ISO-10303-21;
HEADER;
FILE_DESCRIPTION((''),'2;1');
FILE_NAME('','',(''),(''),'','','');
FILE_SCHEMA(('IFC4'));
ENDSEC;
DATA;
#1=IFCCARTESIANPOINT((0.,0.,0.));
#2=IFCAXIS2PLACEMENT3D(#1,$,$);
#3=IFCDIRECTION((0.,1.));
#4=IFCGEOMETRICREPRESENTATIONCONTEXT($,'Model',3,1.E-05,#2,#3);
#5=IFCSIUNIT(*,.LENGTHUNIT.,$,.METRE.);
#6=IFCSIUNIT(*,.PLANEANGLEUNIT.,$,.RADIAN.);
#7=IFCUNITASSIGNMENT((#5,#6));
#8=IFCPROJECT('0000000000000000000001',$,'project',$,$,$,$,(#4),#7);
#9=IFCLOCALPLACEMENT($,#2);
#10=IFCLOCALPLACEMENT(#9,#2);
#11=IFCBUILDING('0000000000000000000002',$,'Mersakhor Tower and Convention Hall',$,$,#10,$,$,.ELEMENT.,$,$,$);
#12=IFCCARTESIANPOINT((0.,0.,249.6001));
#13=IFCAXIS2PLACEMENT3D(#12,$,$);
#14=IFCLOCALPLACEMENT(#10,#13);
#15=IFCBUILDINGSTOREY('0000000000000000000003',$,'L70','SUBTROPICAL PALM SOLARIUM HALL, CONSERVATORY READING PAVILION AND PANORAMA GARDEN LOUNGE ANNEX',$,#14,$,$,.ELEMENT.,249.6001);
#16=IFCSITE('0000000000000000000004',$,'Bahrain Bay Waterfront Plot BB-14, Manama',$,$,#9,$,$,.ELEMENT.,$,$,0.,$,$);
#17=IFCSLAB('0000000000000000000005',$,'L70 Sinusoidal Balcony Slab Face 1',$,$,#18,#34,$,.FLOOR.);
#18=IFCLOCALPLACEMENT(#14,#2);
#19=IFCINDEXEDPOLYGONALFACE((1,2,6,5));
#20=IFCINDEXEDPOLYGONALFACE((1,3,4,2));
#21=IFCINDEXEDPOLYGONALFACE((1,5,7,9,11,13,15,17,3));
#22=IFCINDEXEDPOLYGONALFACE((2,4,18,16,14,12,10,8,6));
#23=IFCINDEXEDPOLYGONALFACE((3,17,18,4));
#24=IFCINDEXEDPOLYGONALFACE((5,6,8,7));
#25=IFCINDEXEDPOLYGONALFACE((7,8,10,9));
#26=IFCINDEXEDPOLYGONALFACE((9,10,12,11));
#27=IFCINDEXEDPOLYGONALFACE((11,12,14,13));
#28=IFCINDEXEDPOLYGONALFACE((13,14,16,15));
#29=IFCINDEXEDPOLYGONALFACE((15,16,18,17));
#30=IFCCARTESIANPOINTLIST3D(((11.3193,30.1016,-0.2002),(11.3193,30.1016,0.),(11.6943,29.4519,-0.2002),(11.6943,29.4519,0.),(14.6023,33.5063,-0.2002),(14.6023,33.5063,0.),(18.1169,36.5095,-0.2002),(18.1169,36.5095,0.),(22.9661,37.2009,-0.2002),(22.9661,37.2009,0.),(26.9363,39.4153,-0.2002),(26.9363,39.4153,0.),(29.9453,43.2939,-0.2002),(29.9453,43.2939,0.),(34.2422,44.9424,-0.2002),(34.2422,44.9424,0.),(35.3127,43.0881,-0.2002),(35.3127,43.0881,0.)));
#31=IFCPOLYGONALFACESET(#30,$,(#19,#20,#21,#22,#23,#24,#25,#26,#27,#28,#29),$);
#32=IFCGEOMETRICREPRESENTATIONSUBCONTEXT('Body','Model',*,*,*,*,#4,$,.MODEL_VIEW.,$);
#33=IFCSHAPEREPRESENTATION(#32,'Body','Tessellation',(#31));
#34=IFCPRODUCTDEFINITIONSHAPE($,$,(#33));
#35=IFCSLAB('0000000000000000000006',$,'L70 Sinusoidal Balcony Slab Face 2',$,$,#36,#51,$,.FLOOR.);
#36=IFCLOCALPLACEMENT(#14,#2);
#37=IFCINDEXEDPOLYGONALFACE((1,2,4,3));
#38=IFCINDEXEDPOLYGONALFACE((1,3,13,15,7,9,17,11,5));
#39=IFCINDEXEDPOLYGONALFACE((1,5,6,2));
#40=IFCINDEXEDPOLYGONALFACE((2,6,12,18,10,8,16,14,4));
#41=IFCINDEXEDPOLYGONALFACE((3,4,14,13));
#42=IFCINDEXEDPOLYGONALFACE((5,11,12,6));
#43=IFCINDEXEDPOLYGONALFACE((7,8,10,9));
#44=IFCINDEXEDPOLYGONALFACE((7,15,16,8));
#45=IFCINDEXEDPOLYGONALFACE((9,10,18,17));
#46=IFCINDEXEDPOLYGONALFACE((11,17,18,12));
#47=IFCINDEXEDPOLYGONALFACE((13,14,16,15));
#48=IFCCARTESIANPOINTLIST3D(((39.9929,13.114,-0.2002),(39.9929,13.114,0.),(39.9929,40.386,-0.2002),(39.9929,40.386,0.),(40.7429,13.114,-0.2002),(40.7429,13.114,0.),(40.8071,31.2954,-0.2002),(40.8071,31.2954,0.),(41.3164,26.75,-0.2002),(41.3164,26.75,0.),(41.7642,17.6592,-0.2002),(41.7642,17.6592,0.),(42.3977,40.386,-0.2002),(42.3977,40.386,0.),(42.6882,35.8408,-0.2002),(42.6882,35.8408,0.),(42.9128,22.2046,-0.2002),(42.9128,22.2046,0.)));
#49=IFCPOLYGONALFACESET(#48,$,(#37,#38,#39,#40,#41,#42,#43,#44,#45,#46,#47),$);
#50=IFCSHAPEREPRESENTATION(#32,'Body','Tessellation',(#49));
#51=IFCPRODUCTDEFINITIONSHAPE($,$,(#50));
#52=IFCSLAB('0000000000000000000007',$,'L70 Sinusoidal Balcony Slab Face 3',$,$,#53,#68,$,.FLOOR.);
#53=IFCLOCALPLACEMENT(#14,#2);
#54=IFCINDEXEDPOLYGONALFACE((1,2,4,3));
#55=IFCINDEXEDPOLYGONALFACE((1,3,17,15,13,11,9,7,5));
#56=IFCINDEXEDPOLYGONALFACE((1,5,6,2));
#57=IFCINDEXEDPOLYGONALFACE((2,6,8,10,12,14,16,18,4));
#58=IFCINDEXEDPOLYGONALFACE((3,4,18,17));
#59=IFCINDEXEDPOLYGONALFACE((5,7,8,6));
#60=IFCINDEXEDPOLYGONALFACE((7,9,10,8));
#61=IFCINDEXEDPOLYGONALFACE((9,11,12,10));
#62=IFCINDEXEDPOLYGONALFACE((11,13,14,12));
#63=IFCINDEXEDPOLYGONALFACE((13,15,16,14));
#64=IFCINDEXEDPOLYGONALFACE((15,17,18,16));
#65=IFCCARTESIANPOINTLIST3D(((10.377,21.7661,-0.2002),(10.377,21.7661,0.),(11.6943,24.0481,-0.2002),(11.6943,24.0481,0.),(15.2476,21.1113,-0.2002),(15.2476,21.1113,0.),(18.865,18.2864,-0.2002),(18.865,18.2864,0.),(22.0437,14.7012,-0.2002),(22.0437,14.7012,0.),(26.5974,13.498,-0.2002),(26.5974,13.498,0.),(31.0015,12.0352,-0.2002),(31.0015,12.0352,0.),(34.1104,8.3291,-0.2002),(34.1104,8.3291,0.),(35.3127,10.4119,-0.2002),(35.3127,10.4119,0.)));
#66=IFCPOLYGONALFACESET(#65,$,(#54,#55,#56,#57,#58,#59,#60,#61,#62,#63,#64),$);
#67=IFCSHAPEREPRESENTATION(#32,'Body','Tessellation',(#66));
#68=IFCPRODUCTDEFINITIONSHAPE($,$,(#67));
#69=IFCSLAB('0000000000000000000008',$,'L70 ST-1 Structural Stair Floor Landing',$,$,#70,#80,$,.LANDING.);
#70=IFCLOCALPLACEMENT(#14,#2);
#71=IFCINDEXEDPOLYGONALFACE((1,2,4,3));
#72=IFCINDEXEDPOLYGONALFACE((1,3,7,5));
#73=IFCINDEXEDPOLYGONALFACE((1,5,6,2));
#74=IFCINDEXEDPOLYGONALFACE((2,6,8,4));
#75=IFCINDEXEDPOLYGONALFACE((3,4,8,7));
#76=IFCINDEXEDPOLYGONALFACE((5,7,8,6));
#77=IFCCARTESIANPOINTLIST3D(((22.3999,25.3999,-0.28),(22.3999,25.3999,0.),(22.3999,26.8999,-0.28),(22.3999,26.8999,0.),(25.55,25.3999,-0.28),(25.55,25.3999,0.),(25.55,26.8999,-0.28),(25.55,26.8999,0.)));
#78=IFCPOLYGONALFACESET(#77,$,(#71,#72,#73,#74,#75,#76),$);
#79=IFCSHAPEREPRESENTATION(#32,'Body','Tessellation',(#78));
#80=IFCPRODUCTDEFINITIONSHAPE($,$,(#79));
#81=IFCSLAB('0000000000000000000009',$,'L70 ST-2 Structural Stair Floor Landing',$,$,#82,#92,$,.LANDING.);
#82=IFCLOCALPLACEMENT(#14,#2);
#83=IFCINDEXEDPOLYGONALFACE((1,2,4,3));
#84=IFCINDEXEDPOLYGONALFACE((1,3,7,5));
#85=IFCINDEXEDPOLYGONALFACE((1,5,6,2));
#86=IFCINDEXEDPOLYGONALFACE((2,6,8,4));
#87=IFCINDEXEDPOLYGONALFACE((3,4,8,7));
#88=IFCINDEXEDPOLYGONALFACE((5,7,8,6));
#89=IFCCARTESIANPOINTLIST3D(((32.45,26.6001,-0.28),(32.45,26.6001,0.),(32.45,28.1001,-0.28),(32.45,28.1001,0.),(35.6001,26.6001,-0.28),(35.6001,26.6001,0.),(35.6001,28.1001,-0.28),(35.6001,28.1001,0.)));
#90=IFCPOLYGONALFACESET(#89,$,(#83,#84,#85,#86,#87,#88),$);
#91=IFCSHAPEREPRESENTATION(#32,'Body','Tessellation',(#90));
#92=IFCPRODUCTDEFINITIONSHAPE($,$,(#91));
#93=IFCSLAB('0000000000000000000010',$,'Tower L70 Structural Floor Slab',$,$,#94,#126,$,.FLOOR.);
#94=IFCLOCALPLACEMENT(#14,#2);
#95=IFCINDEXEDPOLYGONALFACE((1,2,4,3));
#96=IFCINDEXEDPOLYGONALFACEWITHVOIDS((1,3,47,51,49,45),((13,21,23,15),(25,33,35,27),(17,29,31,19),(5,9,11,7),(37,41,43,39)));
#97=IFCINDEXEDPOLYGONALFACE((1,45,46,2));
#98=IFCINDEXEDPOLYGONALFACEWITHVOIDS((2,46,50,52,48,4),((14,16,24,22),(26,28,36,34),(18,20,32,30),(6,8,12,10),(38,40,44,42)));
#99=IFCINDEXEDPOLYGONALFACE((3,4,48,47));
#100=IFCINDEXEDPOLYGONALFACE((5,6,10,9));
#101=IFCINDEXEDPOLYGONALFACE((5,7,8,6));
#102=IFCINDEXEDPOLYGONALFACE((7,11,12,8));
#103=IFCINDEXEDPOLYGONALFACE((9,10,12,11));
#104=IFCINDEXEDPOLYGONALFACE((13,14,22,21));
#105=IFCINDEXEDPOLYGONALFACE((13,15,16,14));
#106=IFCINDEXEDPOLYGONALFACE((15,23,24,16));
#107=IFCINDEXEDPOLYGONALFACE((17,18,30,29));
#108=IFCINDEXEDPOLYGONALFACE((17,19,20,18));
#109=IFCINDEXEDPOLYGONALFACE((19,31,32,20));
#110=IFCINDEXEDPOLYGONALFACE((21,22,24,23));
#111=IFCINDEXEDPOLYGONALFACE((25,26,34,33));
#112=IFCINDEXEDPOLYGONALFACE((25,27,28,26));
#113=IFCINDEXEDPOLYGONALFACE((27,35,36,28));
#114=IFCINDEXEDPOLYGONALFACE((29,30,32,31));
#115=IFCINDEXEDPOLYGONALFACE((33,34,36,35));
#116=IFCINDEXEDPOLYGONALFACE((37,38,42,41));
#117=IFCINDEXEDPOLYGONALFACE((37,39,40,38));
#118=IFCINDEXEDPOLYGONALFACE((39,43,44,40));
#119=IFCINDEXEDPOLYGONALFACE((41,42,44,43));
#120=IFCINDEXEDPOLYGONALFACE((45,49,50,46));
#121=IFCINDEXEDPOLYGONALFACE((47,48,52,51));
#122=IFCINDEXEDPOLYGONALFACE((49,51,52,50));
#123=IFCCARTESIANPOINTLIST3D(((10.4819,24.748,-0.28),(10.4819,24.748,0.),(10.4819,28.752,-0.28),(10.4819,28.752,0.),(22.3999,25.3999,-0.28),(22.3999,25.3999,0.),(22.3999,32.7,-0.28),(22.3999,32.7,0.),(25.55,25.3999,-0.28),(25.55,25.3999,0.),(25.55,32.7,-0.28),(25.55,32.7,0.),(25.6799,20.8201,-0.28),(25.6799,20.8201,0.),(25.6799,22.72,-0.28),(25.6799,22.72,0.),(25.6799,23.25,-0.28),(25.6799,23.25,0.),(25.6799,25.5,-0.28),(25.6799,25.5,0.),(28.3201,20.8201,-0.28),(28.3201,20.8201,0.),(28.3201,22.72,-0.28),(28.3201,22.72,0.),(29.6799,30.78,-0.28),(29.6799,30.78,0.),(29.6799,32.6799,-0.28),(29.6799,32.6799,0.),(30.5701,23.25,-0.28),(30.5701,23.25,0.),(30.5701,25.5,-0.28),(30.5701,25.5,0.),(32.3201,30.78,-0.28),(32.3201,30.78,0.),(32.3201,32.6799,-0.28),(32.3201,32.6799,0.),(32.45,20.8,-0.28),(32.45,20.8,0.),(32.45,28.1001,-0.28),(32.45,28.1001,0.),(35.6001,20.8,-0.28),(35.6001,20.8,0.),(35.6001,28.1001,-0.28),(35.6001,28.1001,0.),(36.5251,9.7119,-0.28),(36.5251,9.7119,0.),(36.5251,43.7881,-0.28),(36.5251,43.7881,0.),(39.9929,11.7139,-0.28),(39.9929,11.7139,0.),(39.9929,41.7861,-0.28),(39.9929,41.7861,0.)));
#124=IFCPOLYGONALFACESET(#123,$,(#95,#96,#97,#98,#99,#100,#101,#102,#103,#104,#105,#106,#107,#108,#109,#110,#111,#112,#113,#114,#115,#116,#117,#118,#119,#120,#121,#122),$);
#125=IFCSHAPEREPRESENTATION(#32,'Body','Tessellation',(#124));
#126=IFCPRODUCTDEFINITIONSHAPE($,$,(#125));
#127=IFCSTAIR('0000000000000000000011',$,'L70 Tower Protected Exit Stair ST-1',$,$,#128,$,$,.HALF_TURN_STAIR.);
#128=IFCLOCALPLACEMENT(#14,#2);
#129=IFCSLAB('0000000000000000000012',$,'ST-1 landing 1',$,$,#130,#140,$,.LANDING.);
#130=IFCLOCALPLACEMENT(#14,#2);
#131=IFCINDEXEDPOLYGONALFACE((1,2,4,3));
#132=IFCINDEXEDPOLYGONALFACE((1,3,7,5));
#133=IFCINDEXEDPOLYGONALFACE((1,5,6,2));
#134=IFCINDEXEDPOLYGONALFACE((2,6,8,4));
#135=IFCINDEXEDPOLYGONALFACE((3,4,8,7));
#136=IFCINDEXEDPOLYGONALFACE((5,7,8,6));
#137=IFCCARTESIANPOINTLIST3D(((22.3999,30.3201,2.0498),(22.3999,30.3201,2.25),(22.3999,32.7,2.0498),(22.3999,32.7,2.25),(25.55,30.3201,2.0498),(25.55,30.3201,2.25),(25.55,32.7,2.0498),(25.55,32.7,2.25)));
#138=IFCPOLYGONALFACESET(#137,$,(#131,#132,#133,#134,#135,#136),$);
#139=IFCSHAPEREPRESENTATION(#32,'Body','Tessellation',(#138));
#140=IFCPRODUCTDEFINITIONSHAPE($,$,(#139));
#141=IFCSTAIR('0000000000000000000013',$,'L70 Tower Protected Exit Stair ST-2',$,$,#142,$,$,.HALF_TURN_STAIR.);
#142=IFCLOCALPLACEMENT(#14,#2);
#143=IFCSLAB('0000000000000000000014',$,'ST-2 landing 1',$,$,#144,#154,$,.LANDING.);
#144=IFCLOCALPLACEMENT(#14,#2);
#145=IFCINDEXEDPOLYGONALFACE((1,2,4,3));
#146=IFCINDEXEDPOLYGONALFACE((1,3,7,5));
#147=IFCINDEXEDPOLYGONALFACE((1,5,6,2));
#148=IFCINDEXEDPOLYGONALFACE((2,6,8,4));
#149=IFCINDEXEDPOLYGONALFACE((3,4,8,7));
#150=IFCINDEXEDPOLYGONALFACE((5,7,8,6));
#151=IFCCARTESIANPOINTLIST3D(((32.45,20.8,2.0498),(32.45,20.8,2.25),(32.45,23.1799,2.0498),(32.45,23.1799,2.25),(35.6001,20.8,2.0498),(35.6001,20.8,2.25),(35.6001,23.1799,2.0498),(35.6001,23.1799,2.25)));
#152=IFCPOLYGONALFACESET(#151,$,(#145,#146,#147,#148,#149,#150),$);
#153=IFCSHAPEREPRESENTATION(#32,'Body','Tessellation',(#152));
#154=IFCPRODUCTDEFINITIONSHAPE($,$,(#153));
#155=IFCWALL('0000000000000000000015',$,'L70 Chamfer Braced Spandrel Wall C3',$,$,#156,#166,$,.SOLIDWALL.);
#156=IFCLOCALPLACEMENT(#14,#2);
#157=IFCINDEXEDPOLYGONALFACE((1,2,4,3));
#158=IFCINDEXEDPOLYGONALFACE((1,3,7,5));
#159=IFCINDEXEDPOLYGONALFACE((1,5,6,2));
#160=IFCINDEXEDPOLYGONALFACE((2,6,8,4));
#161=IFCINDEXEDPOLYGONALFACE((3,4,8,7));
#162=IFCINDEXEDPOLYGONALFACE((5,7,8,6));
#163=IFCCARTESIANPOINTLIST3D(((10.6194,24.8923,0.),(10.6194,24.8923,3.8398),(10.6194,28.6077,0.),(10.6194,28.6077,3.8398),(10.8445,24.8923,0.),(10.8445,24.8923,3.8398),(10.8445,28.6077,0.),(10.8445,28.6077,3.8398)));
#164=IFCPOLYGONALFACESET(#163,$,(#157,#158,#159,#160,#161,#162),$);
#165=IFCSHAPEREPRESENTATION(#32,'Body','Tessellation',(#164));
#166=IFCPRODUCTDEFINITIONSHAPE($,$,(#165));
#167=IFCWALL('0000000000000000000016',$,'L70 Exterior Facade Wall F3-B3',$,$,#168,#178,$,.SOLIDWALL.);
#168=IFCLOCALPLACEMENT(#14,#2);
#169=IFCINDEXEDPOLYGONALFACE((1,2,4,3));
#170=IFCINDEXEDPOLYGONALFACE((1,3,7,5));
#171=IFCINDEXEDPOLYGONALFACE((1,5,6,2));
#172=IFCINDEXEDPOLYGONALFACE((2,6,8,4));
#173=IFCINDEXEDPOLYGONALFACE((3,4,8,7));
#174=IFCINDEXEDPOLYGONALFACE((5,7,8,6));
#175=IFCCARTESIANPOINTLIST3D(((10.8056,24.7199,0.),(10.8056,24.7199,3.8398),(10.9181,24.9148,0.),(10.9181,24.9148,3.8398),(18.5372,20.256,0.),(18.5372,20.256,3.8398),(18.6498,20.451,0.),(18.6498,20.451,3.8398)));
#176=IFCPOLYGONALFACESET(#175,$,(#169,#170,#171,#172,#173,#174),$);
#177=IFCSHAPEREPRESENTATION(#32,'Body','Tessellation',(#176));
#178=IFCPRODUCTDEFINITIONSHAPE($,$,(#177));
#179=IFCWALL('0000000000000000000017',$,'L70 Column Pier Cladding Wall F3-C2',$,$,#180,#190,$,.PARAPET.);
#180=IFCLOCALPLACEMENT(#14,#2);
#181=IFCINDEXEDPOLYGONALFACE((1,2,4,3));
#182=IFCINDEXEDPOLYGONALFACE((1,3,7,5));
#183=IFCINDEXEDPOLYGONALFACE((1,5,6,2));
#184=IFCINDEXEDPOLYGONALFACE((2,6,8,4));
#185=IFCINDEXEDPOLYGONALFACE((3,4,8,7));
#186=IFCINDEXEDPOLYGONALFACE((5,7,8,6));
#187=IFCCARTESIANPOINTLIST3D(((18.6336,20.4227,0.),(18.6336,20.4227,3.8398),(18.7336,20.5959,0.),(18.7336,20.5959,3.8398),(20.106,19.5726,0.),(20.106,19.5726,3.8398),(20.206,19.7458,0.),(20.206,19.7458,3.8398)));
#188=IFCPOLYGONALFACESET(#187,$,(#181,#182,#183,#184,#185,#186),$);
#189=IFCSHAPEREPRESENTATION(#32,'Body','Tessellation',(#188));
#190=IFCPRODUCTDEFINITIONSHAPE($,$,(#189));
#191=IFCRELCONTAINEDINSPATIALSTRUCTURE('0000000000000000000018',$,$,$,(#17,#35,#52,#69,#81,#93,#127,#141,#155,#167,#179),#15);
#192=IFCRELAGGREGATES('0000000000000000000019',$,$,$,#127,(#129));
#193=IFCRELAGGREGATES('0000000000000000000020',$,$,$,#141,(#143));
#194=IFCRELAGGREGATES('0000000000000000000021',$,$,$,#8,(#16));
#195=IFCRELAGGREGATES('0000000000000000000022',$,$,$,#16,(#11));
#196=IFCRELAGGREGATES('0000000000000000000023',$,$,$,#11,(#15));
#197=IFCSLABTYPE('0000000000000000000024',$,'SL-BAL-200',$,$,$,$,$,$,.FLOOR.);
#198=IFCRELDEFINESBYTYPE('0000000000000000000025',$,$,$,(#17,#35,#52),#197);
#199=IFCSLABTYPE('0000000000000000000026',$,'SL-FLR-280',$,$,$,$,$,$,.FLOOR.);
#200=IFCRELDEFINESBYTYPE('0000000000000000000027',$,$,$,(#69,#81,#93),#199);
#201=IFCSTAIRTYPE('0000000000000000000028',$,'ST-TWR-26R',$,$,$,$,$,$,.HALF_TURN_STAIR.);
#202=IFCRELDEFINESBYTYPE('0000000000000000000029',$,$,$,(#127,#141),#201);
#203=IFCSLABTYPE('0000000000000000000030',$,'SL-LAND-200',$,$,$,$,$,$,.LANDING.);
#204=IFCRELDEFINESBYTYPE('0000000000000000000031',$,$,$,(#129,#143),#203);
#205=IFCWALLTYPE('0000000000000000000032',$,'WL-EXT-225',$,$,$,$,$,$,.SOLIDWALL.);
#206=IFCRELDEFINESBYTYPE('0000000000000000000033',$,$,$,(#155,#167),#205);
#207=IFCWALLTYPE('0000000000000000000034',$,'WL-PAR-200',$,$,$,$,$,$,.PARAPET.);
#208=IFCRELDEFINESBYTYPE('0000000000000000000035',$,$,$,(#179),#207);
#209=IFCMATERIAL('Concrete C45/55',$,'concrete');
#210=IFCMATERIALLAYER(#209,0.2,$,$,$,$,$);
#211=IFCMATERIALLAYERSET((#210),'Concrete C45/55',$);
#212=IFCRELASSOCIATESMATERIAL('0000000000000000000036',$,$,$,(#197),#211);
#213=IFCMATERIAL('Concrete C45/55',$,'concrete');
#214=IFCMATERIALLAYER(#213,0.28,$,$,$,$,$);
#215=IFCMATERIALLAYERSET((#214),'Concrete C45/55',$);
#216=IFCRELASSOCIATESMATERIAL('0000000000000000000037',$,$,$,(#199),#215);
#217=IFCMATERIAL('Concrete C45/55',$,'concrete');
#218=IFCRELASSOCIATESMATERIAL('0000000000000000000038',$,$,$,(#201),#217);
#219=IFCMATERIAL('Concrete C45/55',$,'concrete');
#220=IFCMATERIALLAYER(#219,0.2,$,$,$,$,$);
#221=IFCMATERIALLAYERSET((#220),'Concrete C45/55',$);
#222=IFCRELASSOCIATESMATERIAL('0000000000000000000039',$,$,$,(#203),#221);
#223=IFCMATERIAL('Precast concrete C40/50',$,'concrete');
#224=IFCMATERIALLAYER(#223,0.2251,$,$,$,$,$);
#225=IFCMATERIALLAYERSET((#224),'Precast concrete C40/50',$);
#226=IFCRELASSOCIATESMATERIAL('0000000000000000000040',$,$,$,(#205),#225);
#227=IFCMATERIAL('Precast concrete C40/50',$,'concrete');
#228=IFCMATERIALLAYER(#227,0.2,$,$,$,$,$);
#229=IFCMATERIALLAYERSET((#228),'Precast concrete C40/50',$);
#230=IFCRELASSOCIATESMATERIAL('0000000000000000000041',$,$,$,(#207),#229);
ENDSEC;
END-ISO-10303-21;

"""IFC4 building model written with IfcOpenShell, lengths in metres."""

from ifc_helpers import new_model, si_unit, direction, frame, frame_2d, origin, place, context, subcontext, project, spatial, polyline, rectangle, outline, extrude, material, layer, layer_set, type_object, element, aggregate, save


model = new_model("IFC4")

# Units and contexts
model_context = context("Model", 3, precision=1e-05, world=origin(), true_north=direction((0.0, 1.0)))
body_context = subcontext(model_context, "Body", "Model", "MODEL_VIEW")
ifc_project = project(units=[si_unit("LENGTHUNIT", "METRE"), si_unit("PLANEANGLEUNIT", "RADIAN")], contexts=[model_context])

# Site, building, storey
site_placement = place(None, origin())
site = spatial("IfcSite", under=ifc_project, at=site_placement, Name="Bahrain Bay Waterfront Plot BB-14, Manama", CompositionType="ELEMENT", RefElevation=0.0)
building_placement = place(site_placement, origin())
building = spatial("IfcBuilding", under=site, at=building_placement, Name="Mersakhor Tower and Convention Hall", CompositionType="ELEMENT")
storey_placement = place(building_placement, frame((0.0, 0.0, 249.6001)))
storey = spatial("IfcBuildingStorey", under=building, at=storey_placement, Name="L70", Description="SUBTROPICAL PALM SOLARIUM HALL, CONSERVATORY READING PAVILION AND PANORAMA GARDEN LOUNGE ANNEX", CompositionType="ELEMENT", Elevation=249.6001)

# Slabs
ifc_material_1 = material(Name="Concrete C45/55", Category="concrete")
ifc_layer_1 = layer(ifc_material_1, 0.2)
ifc_layer_set_1 = layer_set([ifc_layer_1], Name="Concrete C45/55")
slab_type_1 = type_object("IfcSlabType", Name="SL-BAL-200", PredefinedType="FLOOR", material=ifc_layer_set_1)
slab_1_placement = place(storey_placement, frame((0.0, 0.0, -0.2002)))
element("IfcSlab", 1, at=slab_1_placement, inside=storey, type_object=slab_type_1, Name="L70 Sinusoidal Balcony Slab Face 1", PredefinedType="FLOOR", context=body_context, shape_type="SweptSolid", body=[
    extrude(outline(polyline([(11.6943, 29.4519), (35.3127, 43.0881), (34.2422, 44.9424), (29.9453, 43.2939), (26.9363, 39.4153), (22.9661, 37.2009), (18.1169, 36.5095), (14.6023, 33.5063), (11.3193, 30.1016), (11.6943, 29.4519)])), origin(), (0.0, 0.0, 1.0), 0.2002),
])
slab_2_placement = place(storey_placement, frame((0.0, 0.0, -0.2002)))
element("IfcSlab", 2, at=slab_2_placement, inside=storey, type_object=slab_type_1, Name="L70 Sinusoidal Balcony Slab Face 2", PredefinedType="FLOOR", context=body_context, shape_type="SweptSolid", body=[
    extrude(outline(polyline([(39.9929, 40.386), (39.9929, 13.114), (40.7429, 13.114), (41.7642, 17.6592), (42.9128, 22.2046), (41.3164, 26.75), (40.8071, 31.2954), (42.6882, 35.8408), (42.3977, 40.386), (39.9929, 40.386)])), origin(), (0.0, 0.0, 1.0), 0.2002),
])
slab_3_placement = place(storey_placement, frame((0.0, 0.0, -0.2002)))
element("IfcSlab", 3, at=slab_3_placement, inside=storey, type_object=slab_type_1, Name="L70 Sinusoidal Balcony Slab Face 3", PredefinedType="FLOOR", context=body_context, shape_type="SweptSolid", body=[
    extrude(outline(polyline([(35.3127, 10.4119), (11.6943, 24.0481), (10.377, 21.7661), (15.2476, 21.1113), (18.865, 18.2864), (22.0437, 14.7012), (26.5974, 13.498), (31.0015, 12.0352), (34.1104, 8.3291), (35.3127, 10.4119)])), origin(), (0.0, 0.0, 1.0), 0.2002),
])
ifc_material_2 = material(Name="Concrete C45/55", Category="concrete")
ifc_layer_2 = layer(ifc_material_2, 0.28)
ifc_layer_set_2 = layer_set([ifc_layer_2], Name="Concrete C45/55")
slab_type_2 = type_object("IfcSlabType", Name="SL-FLR-280", PredefinedType="FLOOR", material=ifc_layer_set_2)
slab_4_placement = place(storey_placement, frame((0.0, 0.0, -0.28)))
element("IfcSlab", 4, at=slab_4_placement, inside=storey, type_object=slab_type_2, Name="L70 ST-1 Structural Stair Floor Landing", PredefinedType="LANDING", context=body_context, shape_type="SweptSolid", body=[
    extrude(outline(polyline([(25.55, 25.3999), (25.55, 26.8999), (22.3999, 26.8999), (22.3999, 25.3999), (25.55, 25.3999)])), origin(), (0.0, 0.0, 1.0), 0.28),
])
slab_5_placement = place(storey_placement, frame((0.0, 0.0, -0.28)))
element("IfcSlab", 5, at=slab_5_placement, inside=storey, type_object=slab_type_2, Name="L70 ST-2 Structural Stair Floor Landing", PredefinedType="LANDING", context=body_context, shape_type="SweptSolid", body=[
    extrude(outline(polyline([(32.45, 28.1001), (32.45, 26.6001), (35.6001, 26.6001), (35.6001, 28.1001), (32.45, 28.1001)])), origin(), (0.0, 0.0, 1.0), 0.28),
])
slab_6_placement = place(storey_placement, frame((0.0, 0.0, -0.28)))
element("IfcSlab", 6, at=slab_6_placement, inside=storey, type_object=slab_type_2, Name="Tower L70 Structural Floor Slab", PredefinedType="FLOOR", context=body_context, shape_type="SweptSolid", body=[
    extrude(outline(polyline([(10.4819, 28.752), (36.5251, 43.7881), (39.9929, 41.7861), (39.9929, 11.7139), (36.5251, 9.7119), (10.4819, 24.748), (10.4819, 28.752)]), holes=[polyline([(25.55, 25.3999), (25.55, 32.7), (22.3999, 32.7), (22.3999, 25.3999), (25.55, 25.3999)]), polyline([(32.45, 28.1001), (32.45, 20.8), (35.6001, 20.8), (35.6001, 28.1001), (32.45, 28.1001)]), polyline([(25.6799, 20.8201), (25.6799, 22.72), (28.3201, 22.72), (28.3201, 20.8201), (25.6799, 20.8201)]), polyline([(29.6799, 30.78), (29.6799, 32.6799), (32.3201, 32.6799), (32.3201, 30.78), (29.6799, 30.78)]), polyline([(25.6799, 23.25), (25.6799, 25.5), (30.5701, 25.5), (30.5701, 23.25), (25.6799, 23.25)])]), origin(), (0.0, 0.0, 1.0), 0.28),
])

# Stairs, slabs
ifc_material_3 = material(Name="Concrete C45/55", Category="concrete")
stair_type = type_object("IfcStairType", Name="ST-TWR-26R", PredefinedType="HALF_TURN_STAIR", material=ifc_material_3)
stair_1_placement = place(storey_placement, origin())
stair_1 = element("IfcStair", 7, at=stair_1_placement, inside=storey, type_object=stair_type, Name="L70 Tower Protected Exit Stair ST-1", PredefinedType="HALF_TURN_STAIR")
ifc_material_4 = material(Name="Concrete C45/55", Category="concrete")
ifc_layer_3 = layer(ifc_material_4, 0.2)
ifc_layer_set_3 = layer_set([ifc_layer_3], Name="Concrete C45/55")
slab_type_3 = type_object("IfcSlabType", Name="SL-LAND-200", PredefinedType="LANDING", material=ifc_layer_set_3)
slab_7_placement = place(storey_placement, frame((0.0, 0.0, 2.0498)))
slab_7 = element("IfcSlab", 8, at=slab_7_placement, type_object=slab_type_3, Name="ST-1 landing 1", PredefinedType="LANDING", context=body_context, shape_type="SweptSolid", body=[
    extrude(outline(polyline([(25.55, 30.3201), (25.55, 32.7), (22.3999, 32.7), (22.3999, 30.3201), (25.55, 30.3201)])), origin(), (0.0, 0.0, 1.0), 0.2002),
])
aggregate(stair_1, [slab_7])
stair_2_placement = place(storey_placement, origin())
stair_2 = element("IfcStair", 9, at=stair_2_placement, inside=storey, type_object=stair_type, Name="L70 Tower Protected Exit Stair ST-2", PredefinedType="HALF_TURN_STAIR")
slab_8_placement = place(storey_placement, frame((0.0, 0.0, 2.0498)))
slab_8 = element("IfcSlab", 10, at=slab_8_placement, type_object=slab_type_3, Name="ST-2 landing 1", PredefinedType="LANDING", context=body_context, shape_type="SweptSolid", body=[
    extrude(outline(polyline([(32.45, 23.1799), (32.45, 20.8), (35.6001, 20.8), (35.6001, 23.1799), (32.45, 23.1799)])), origin(), (0.0, 0.0, 1.0), 0.2002),
])
aggregate(stair_2, [slab_8])

# Walls
ifc_material_5 = material(Name="Precast concrete C40/50", Category="concrete")
ifc_layer_4 = layer(ifc_material_5, 0.2251)
ifc_layer_set_4 = layer_set([ifc_layer_4], Name="Precast concrete C40/50")
wall_type_1 = type_object("IfcWallType", Name="WL-EXT-225", PredefinedType="SOLIDWALL", material=ifc_layer_set_4)
wall_1_placement = place(storey_placement, frame((10.7319, 24.8923, 0.0), z_axis=(0.0, 0.0, 1.0), x_axis=(0.0, 1.0, 0.0)))
element("IfcWall", 11, at=wall_1_placement, inside=storey, type_object=wall_type_1, Name="L70 Chamfer Braced Spandrel Wall C3", PredefinedType="SOLIDWALL", context=body_context, shape_type="SweptSolid", body=[
    extrude(rectangle(XDim=3.7153, YDim=0.2251, at=frame_2d((1.8577, 0.0))), origin(), (0.0, 0.0, 1.0), 3.8398),
])
wall_2_placement = place(storey_placement, frame((18.5935, 20.3535, 0.0), z_axis=(0.0, 0.0, 1.0), x_axis=(-0.866027, 0.499998, 0.0)))
element("IfcWall", 12, at=wall_2_placement, inside=storey, type_object=wall_type_1, Name="L70 Exterior Facade Wall F3-B3", PredefinedType="SOLIDWALL", context=body_context, shape_type="SweptSolid", body=[
    extrude(rectangle(XDim=8.9277, YDim=0.2251, at=frame_2d((4.4639, 0.0))), origin(), (0.0, 0.0, 1.0), 3.8398),
])
ifc_material_6 = material(Name="Precast concrete C40/50", Category="concrete")
ifc_layer_5 = layer(ifc_material_6, 0.2)
ifc_layer_set_5 = layer_set([ifc_layer_5], Name="Precast concrete C40/50")
wall_type_2 = type_object("IfcWallType", Name="WL-PAR-200", PredefinedType="PARAPET", material=ifc_layer_set_5)
wall_3_placement = place(storey_placement, frame((20.156, 19.6592, 0.0), z_axis=(0.0, 0.0, 1.0), x_axis=(-0.866025, 0.5, 0.0)))
element("IfcWall", 13, at=wall_3_placement, inside=storey, type_object=wall_type_2, Name="L70 Column Pier Cladding Wall F3-C2", PredefinedType="PARAPET", context=body_context, shape_type="SweptSolid", body=[
    extrude(rectangle(XDim=1.7002, YDim=0.2, at=frame_2d((0.8501, 0.0))), origin(), (0.0, 0.0, 1.0), 3.8398),
])

save(model, "model.ifc")
